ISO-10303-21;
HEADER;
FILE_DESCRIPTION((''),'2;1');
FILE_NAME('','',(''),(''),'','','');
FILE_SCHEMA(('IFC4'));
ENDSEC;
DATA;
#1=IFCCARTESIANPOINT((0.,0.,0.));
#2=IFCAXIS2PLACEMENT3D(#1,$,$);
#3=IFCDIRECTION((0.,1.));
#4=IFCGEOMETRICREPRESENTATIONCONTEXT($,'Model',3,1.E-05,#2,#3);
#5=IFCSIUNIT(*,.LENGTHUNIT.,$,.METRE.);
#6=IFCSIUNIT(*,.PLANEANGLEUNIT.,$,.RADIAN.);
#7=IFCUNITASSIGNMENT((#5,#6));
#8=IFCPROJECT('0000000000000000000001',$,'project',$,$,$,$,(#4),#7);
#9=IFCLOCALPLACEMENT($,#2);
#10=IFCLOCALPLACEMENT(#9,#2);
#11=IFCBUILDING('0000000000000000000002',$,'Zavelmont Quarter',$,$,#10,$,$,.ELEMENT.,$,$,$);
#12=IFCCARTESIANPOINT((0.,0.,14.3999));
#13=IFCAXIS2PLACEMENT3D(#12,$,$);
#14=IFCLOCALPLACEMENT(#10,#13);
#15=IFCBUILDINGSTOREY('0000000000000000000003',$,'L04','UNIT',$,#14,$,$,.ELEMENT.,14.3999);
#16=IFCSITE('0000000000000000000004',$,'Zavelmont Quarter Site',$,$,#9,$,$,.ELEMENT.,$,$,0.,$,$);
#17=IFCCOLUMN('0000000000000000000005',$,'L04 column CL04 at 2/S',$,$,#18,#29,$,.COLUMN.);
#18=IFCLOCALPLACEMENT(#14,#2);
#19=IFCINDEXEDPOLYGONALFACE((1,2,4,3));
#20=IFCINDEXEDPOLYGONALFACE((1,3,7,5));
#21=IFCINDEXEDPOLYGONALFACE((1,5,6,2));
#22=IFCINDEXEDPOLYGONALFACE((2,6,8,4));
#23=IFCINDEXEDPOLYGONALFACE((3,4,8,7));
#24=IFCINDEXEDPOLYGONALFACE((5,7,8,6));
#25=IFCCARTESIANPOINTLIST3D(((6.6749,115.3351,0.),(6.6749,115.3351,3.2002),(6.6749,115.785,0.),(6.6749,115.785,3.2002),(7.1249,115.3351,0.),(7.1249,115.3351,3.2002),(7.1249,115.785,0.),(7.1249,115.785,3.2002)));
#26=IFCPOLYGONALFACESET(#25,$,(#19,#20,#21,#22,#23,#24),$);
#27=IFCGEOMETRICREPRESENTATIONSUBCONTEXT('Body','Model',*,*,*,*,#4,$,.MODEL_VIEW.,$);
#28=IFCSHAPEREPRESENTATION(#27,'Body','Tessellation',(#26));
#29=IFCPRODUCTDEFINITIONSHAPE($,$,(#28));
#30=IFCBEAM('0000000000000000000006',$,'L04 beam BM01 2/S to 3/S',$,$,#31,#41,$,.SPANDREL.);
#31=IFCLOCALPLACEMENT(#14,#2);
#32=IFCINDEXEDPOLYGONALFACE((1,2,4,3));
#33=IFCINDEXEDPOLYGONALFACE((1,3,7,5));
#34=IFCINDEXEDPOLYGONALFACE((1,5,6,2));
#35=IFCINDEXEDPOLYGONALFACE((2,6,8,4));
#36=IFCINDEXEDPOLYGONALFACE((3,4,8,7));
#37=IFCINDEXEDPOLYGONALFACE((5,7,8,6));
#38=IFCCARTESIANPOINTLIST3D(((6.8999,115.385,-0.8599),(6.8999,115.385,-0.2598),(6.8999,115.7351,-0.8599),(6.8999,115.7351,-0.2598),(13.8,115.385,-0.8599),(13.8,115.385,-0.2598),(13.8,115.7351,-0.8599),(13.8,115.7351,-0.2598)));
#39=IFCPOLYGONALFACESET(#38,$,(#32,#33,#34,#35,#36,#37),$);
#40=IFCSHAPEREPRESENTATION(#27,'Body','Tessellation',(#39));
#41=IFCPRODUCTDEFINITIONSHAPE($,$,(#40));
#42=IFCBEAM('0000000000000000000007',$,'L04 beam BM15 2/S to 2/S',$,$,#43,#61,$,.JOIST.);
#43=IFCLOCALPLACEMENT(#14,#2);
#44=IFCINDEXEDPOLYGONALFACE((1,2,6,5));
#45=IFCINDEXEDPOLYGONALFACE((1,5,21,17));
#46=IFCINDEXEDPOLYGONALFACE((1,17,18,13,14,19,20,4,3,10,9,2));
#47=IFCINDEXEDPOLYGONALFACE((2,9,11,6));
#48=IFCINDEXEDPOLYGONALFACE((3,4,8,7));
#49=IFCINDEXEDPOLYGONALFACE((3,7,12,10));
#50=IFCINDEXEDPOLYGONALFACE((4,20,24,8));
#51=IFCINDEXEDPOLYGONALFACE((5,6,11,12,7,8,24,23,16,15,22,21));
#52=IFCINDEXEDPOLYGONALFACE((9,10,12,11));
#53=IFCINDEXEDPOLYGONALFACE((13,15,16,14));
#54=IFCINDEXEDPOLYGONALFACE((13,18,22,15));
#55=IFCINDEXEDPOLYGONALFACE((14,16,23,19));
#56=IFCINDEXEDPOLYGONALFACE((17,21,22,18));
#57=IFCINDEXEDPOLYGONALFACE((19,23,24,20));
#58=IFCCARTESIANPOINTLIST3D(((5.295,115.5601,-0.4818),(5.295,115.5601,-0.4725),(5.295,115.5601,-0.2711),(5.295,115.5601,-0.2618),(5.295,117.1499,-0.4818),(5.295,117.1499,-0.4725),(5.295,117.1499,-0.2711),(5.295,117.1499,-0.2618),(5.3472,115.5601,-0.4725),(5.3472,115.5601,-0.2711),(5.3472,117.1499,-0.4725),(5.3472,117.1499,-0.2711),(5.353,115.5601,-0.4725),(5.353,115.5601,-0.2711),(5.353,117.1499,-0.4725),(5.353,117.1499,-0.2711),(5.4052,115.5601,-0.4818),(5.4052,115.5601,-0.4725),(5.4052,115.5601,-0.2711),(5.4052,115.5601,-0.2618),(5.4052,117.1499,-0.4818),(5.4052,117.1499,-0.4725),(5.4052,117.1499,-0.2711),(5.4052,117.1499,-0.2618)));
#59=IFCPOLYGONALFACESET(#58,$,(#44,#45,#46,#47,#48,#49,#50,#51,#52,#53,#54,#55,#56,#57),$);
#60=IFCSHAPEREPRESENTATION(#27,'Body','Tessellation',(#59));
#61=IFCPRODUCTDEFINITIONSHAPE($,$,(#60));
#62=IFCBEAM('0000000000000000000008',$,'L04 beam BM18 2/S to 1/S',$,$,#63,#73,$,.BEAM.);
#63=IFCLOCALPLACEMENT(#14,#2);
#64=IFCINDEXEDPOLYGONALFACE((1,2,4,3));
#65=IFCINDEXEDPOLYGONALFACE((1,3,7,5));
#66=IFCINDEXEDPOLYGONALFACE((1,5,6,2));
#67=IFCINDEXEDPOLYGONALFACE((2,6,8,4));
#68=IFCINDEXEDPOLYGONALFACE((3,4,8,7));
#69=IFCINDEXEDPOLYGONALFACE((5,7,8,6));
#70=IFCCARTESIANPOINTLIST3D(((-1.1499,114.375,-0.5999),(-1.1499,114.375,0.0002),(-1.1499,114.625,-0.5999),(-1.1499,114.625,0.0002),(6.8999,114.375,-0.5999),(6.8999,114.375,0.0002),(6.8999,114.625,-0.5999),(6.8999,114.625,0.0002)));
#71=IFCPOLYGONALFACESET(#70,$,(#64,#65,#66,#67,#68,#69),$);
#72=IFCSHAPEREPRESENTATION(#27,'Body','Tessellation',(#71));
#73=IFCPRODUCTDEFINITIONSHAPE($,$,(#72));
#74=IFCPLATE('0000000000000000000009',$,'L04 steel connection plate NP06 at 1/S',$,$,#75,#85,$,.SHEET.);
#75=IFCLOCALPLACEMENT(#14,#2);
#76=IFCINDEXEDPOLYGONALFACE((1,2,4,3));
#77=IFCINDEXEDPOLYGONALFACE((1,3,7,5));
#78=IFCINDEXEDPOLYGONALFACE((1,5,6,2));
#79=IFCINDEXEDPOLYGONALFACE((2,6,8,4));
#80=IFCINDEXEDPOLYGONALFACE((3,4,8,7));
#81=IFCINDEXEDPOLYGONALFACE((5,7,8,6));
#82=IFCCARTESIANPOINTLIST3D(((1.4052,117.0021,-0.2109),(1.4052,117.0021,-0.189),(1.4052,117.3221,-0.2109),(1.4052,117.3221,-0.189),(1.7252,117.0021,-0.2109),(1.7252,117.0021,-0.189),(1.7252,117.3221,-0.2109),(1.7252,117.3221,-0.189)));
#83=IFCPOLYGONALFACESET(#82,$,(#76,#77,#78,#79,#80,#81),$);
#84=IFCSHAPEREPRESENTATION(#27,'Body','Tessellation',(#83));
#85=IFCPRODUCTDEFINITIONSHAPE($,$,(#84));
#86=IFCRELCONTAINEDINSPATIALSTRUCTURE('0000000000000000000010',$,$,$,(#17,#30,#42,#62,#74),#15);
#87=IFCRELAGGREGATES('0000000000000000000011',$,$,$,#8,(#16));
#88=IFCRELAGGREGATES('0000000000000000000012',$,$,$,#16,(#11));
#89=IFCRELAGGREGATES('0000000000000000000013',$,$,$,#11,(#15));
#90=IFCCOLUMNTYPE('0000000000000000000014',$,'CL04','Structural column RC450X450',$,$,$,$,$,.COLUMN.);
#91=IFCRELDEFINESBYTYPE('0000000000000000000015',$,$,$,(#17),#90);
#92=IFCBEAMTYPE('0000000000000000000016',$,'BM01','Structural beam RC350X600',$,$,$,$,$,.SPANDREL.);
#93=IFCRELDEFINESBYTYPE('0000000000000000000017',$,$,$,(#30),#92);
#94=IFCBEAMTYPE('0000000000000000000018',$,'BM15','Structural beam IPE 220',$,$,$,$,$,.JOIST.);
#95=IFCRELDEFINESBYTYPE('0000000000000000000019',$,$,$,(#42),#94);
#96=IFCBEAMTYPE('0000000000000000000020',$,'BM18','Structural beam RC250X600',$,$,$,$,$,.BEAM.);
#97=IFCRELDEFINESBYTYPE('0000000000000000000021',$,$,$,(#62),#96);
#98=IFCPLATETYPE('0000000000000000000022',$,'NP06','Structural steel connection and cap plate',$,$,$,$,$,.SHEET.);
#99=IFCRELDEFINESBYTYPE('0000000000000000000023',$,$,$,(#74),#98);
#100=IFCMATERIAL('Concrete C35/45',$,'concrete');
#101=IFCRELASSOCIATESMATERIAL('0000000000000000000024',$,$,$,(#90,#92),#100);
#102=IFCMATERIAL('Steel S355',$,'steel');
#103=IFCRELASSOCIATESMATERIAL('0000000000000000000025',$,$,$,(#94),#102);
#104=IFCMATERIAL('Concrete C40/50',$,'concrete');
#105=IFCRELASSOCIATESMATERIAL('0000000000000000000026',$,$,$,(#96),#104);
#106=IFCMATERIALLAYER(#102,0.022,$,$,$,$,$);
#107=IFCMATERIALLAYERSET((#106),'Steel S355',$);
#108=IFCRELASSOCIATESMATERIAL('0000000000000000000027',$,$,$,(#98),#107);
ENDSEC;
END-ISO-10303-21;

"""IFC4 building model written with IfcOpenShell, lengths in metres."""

from ifc_helpers import new_model, si_unit, direction, frame, origin, origin_2d, place, context, subcontext, project, spatial, rectangle, i_section, extrude, material, layer, layer_set, material_profile, profile_set, type_object, element, save


model = new_model("IFC4")

# Units and contexts
model_context = context("Model", 3, precision=1e-05, world=origin(), true_north=direction((0.0, 1.0)))
body_context = subcontext(model_context, "Body", "Model", "MODEL_VIEW")
ifc_project = project(units=[si_unit("LENGTHUNIT", "METRE"), si_unit("PLANEANGLEUNIT", "RADIAN")], contexts=[model_context])

# Site, building, storey
site_placement = place(None, origin())
site = spatial("IfcSite", under=ifc_project, at=site_placement, Name="Zavelmont Quarter Site", CompositionType="ELEMENT", RefElevation=0.0)
building_placement = place(site_placement, origin())
building = spatial("IfcBuilding", under=site, at=building_placement, Name="Zavelmont Quarter", CompositionType="ELEMENT")
storey_placement = place(building_placement, frame((0.0, 0.0, 14.3999)))
storey = spatial("IfcBuildingStorey", under=building, at=storey_placement, Name="L04", Description="UNIT", CompositionType="ELEMENT", Elevation=14.3999)

# Column
ifc_material_1 = material(Name="Concrete C35/45", Category="concrete")
ifc_material_profile_1 = material_profile(ifc_material_1, rectangle(XDim=0.45, YDim=0.45, at=origin_2d()), Name="RC450X450")
ifc_profile_set_1 = profile_set([ifc_material_profile_1], Name="Concrete C35/45")
column_type = type_object("IfcColumnType", Name="CL04", Description="Structural column RC450X450", PredefinedType="COLUMN", material=ifc_profile_set_1)
column_placement = place(storey_placement, frame((6.8999, 115.5601, 0.0), z_axis=(0.0, 0.0, 1.0), x_axis=(1.0, 0.0, 0.0)))
element("IfcColumn", 1, at=column_placement, inside=storey, type_object=column_type, Name="L04 column CL04 at 2/S", PredefinedType="COLUMN", context=body_context, shape_type="SweptSolid", body=[
    extrude(rectangle(XDim=0.45, YDim=0.45, at=origin_2d()), origin(), (0.0, 0.0, 1.0), 3.2002),
])

# Beams
ifc_material_profile_2 = material_profile(ifc_material_1, rectangle(XDim=0.3501, YDim=0.6001, at=origin_2d()), Name="RC350X600")
ifc_profile_set_2 = profile_set([ifc_material_profile_2], Name="Concrete C35/45")
beam_type_1 = type_object("IfcBeamType", Name="BM01", Description="Structural beam RC350X600", PredefinedType="SPANDREL", material=ifc_profile_set_2)
beam_1_placement = place(storey_placement, frame((6.8999, 115.5601, -0.5598), z_axis=(1.0, 0.0, 0.0), x_axis=(0.0, 1.0, 0.0)))
element("IfcBeam", 2, at=beam_1_placement, inside=storey, type_object=beam_type_1, Name="L04 beam BM01 2/S to 3/S", PredefinedType="SPANDREL", context=body_context, shape_type="SweptSolid", body=[
    extrude(rectangle(XDim=0.3501, YDim=0.6001, at=origin_2d()), origin(), (0.0, 0.0, 1.0), 6.9001),
])
ifc_material_2 = material(Name="Steel S355", Category="steel")
ifc_material_profile_3 = material_profile(ifc_material_2, i_section(OverallWidth=0.1101, OverallDepth=0.22, WebThickness=0.0059, FlangeThickness=0.0093, at=origin_2d()), Name="IPE 220")
ifc_profile_set_3 = profile_set([ifc_material_profile_3], Name="Steel S355")
beam_type_2 = type_object("IfcBeamType", Name="BM15", Description="Structural beam IPE 220", PredefinedType="JOIST", material=ifc_profile_set_3)
beam_2_placement = place(storey_placement, frame((5.3501, 115.5601, -0.3718), z_axis=(0.0, 1.0, 0.0), x_axis=(-1.0, 0.0, 0.0)))
element("IfcBeam", 3, at=beam_2_placement, inside=storey, type_object=beam_type_2, Name="L04 beam BM15 2/S to 2/S", PredefinedType="JOIST", context=body_context, shape_type="SweptSolid", body=[
    extrude(i_section(OverallWidth=0.1101, OverallDepth=0.22, WebThickness=0.0059, FlangeThickness=0.0093, at=origin_2d()), origin(), (0.0, 0.0, 1.0), 1.5898),
])
ifc_material_3 = material(Name="Concrete C40/50", Category="concrete")
ifc_material_profile_4 = material_profile(ifc_material_3, rectangle(XDim=0.25, YDim=0.6001, at=origin_2d()), Name="RC250X600")
ifc_profile_set_4 = profile_set([ifc_material_profile_4], Name="Concrete C40/50")
beam_type_3 = type_object("IfcBeamType", Name="BM18", Description="Structural beam RC250X600", PredefinedType="BEAM", material=ifc_profile_set_4)
beam_3_placement = place(storey_placement, frame((6.8999, 114.5, -0.2998), z_axis=(-1.0, 0.0, 0.0), x_axis=(0.0, -1.0, 0.0)))
element("IfcBeam", 4, at=beam_3_placement, inside=storey, type_object=beam_type_3, Name="L04 beam BM18 2/S to 1/S", PredefinedType="BEAM", context=body_context, shape_type="SweptSolid", body=[
    extrude(rectangle(XDim=0.25, YDim=0.6001, at=origin_2d()), origin(), (0.0, 0.0, 1.0), 8.0498),
])

# Plate
ifc_layer = layer(ifc_material_2, 0.022)
ifc_layer_set = layer_set([ifc_layer], Name="Steel S355")
plate_type = type_object("IfcPlateType", Name="NP06", Description="Structural steel connection and cap plate", PredefinedType="SHEET", material=ifc_layer_set)
plate_placement = place(storey_placement, frame((1.5652, 117.1621, -0.2109), z_axis=(0.0, 0.0, 1.0), x_axis=(1.0, 0.0, 0.0)))
element("IfcPlate", 5, at=plate_placement, inside=storey, type_object=plate_type, Name="L04 steel connection plate NP06 at 1/S", PredefinedType="SHEET", context=body_context, shape_type="SweptSolid", body=[
    extrude(rectangle(XDim=0.3201, YDim=0.3201, at=origin_2d()), origin(), (0.0, 0.0, 1.0), 0.022),
])

save(model, "model.ifc")
